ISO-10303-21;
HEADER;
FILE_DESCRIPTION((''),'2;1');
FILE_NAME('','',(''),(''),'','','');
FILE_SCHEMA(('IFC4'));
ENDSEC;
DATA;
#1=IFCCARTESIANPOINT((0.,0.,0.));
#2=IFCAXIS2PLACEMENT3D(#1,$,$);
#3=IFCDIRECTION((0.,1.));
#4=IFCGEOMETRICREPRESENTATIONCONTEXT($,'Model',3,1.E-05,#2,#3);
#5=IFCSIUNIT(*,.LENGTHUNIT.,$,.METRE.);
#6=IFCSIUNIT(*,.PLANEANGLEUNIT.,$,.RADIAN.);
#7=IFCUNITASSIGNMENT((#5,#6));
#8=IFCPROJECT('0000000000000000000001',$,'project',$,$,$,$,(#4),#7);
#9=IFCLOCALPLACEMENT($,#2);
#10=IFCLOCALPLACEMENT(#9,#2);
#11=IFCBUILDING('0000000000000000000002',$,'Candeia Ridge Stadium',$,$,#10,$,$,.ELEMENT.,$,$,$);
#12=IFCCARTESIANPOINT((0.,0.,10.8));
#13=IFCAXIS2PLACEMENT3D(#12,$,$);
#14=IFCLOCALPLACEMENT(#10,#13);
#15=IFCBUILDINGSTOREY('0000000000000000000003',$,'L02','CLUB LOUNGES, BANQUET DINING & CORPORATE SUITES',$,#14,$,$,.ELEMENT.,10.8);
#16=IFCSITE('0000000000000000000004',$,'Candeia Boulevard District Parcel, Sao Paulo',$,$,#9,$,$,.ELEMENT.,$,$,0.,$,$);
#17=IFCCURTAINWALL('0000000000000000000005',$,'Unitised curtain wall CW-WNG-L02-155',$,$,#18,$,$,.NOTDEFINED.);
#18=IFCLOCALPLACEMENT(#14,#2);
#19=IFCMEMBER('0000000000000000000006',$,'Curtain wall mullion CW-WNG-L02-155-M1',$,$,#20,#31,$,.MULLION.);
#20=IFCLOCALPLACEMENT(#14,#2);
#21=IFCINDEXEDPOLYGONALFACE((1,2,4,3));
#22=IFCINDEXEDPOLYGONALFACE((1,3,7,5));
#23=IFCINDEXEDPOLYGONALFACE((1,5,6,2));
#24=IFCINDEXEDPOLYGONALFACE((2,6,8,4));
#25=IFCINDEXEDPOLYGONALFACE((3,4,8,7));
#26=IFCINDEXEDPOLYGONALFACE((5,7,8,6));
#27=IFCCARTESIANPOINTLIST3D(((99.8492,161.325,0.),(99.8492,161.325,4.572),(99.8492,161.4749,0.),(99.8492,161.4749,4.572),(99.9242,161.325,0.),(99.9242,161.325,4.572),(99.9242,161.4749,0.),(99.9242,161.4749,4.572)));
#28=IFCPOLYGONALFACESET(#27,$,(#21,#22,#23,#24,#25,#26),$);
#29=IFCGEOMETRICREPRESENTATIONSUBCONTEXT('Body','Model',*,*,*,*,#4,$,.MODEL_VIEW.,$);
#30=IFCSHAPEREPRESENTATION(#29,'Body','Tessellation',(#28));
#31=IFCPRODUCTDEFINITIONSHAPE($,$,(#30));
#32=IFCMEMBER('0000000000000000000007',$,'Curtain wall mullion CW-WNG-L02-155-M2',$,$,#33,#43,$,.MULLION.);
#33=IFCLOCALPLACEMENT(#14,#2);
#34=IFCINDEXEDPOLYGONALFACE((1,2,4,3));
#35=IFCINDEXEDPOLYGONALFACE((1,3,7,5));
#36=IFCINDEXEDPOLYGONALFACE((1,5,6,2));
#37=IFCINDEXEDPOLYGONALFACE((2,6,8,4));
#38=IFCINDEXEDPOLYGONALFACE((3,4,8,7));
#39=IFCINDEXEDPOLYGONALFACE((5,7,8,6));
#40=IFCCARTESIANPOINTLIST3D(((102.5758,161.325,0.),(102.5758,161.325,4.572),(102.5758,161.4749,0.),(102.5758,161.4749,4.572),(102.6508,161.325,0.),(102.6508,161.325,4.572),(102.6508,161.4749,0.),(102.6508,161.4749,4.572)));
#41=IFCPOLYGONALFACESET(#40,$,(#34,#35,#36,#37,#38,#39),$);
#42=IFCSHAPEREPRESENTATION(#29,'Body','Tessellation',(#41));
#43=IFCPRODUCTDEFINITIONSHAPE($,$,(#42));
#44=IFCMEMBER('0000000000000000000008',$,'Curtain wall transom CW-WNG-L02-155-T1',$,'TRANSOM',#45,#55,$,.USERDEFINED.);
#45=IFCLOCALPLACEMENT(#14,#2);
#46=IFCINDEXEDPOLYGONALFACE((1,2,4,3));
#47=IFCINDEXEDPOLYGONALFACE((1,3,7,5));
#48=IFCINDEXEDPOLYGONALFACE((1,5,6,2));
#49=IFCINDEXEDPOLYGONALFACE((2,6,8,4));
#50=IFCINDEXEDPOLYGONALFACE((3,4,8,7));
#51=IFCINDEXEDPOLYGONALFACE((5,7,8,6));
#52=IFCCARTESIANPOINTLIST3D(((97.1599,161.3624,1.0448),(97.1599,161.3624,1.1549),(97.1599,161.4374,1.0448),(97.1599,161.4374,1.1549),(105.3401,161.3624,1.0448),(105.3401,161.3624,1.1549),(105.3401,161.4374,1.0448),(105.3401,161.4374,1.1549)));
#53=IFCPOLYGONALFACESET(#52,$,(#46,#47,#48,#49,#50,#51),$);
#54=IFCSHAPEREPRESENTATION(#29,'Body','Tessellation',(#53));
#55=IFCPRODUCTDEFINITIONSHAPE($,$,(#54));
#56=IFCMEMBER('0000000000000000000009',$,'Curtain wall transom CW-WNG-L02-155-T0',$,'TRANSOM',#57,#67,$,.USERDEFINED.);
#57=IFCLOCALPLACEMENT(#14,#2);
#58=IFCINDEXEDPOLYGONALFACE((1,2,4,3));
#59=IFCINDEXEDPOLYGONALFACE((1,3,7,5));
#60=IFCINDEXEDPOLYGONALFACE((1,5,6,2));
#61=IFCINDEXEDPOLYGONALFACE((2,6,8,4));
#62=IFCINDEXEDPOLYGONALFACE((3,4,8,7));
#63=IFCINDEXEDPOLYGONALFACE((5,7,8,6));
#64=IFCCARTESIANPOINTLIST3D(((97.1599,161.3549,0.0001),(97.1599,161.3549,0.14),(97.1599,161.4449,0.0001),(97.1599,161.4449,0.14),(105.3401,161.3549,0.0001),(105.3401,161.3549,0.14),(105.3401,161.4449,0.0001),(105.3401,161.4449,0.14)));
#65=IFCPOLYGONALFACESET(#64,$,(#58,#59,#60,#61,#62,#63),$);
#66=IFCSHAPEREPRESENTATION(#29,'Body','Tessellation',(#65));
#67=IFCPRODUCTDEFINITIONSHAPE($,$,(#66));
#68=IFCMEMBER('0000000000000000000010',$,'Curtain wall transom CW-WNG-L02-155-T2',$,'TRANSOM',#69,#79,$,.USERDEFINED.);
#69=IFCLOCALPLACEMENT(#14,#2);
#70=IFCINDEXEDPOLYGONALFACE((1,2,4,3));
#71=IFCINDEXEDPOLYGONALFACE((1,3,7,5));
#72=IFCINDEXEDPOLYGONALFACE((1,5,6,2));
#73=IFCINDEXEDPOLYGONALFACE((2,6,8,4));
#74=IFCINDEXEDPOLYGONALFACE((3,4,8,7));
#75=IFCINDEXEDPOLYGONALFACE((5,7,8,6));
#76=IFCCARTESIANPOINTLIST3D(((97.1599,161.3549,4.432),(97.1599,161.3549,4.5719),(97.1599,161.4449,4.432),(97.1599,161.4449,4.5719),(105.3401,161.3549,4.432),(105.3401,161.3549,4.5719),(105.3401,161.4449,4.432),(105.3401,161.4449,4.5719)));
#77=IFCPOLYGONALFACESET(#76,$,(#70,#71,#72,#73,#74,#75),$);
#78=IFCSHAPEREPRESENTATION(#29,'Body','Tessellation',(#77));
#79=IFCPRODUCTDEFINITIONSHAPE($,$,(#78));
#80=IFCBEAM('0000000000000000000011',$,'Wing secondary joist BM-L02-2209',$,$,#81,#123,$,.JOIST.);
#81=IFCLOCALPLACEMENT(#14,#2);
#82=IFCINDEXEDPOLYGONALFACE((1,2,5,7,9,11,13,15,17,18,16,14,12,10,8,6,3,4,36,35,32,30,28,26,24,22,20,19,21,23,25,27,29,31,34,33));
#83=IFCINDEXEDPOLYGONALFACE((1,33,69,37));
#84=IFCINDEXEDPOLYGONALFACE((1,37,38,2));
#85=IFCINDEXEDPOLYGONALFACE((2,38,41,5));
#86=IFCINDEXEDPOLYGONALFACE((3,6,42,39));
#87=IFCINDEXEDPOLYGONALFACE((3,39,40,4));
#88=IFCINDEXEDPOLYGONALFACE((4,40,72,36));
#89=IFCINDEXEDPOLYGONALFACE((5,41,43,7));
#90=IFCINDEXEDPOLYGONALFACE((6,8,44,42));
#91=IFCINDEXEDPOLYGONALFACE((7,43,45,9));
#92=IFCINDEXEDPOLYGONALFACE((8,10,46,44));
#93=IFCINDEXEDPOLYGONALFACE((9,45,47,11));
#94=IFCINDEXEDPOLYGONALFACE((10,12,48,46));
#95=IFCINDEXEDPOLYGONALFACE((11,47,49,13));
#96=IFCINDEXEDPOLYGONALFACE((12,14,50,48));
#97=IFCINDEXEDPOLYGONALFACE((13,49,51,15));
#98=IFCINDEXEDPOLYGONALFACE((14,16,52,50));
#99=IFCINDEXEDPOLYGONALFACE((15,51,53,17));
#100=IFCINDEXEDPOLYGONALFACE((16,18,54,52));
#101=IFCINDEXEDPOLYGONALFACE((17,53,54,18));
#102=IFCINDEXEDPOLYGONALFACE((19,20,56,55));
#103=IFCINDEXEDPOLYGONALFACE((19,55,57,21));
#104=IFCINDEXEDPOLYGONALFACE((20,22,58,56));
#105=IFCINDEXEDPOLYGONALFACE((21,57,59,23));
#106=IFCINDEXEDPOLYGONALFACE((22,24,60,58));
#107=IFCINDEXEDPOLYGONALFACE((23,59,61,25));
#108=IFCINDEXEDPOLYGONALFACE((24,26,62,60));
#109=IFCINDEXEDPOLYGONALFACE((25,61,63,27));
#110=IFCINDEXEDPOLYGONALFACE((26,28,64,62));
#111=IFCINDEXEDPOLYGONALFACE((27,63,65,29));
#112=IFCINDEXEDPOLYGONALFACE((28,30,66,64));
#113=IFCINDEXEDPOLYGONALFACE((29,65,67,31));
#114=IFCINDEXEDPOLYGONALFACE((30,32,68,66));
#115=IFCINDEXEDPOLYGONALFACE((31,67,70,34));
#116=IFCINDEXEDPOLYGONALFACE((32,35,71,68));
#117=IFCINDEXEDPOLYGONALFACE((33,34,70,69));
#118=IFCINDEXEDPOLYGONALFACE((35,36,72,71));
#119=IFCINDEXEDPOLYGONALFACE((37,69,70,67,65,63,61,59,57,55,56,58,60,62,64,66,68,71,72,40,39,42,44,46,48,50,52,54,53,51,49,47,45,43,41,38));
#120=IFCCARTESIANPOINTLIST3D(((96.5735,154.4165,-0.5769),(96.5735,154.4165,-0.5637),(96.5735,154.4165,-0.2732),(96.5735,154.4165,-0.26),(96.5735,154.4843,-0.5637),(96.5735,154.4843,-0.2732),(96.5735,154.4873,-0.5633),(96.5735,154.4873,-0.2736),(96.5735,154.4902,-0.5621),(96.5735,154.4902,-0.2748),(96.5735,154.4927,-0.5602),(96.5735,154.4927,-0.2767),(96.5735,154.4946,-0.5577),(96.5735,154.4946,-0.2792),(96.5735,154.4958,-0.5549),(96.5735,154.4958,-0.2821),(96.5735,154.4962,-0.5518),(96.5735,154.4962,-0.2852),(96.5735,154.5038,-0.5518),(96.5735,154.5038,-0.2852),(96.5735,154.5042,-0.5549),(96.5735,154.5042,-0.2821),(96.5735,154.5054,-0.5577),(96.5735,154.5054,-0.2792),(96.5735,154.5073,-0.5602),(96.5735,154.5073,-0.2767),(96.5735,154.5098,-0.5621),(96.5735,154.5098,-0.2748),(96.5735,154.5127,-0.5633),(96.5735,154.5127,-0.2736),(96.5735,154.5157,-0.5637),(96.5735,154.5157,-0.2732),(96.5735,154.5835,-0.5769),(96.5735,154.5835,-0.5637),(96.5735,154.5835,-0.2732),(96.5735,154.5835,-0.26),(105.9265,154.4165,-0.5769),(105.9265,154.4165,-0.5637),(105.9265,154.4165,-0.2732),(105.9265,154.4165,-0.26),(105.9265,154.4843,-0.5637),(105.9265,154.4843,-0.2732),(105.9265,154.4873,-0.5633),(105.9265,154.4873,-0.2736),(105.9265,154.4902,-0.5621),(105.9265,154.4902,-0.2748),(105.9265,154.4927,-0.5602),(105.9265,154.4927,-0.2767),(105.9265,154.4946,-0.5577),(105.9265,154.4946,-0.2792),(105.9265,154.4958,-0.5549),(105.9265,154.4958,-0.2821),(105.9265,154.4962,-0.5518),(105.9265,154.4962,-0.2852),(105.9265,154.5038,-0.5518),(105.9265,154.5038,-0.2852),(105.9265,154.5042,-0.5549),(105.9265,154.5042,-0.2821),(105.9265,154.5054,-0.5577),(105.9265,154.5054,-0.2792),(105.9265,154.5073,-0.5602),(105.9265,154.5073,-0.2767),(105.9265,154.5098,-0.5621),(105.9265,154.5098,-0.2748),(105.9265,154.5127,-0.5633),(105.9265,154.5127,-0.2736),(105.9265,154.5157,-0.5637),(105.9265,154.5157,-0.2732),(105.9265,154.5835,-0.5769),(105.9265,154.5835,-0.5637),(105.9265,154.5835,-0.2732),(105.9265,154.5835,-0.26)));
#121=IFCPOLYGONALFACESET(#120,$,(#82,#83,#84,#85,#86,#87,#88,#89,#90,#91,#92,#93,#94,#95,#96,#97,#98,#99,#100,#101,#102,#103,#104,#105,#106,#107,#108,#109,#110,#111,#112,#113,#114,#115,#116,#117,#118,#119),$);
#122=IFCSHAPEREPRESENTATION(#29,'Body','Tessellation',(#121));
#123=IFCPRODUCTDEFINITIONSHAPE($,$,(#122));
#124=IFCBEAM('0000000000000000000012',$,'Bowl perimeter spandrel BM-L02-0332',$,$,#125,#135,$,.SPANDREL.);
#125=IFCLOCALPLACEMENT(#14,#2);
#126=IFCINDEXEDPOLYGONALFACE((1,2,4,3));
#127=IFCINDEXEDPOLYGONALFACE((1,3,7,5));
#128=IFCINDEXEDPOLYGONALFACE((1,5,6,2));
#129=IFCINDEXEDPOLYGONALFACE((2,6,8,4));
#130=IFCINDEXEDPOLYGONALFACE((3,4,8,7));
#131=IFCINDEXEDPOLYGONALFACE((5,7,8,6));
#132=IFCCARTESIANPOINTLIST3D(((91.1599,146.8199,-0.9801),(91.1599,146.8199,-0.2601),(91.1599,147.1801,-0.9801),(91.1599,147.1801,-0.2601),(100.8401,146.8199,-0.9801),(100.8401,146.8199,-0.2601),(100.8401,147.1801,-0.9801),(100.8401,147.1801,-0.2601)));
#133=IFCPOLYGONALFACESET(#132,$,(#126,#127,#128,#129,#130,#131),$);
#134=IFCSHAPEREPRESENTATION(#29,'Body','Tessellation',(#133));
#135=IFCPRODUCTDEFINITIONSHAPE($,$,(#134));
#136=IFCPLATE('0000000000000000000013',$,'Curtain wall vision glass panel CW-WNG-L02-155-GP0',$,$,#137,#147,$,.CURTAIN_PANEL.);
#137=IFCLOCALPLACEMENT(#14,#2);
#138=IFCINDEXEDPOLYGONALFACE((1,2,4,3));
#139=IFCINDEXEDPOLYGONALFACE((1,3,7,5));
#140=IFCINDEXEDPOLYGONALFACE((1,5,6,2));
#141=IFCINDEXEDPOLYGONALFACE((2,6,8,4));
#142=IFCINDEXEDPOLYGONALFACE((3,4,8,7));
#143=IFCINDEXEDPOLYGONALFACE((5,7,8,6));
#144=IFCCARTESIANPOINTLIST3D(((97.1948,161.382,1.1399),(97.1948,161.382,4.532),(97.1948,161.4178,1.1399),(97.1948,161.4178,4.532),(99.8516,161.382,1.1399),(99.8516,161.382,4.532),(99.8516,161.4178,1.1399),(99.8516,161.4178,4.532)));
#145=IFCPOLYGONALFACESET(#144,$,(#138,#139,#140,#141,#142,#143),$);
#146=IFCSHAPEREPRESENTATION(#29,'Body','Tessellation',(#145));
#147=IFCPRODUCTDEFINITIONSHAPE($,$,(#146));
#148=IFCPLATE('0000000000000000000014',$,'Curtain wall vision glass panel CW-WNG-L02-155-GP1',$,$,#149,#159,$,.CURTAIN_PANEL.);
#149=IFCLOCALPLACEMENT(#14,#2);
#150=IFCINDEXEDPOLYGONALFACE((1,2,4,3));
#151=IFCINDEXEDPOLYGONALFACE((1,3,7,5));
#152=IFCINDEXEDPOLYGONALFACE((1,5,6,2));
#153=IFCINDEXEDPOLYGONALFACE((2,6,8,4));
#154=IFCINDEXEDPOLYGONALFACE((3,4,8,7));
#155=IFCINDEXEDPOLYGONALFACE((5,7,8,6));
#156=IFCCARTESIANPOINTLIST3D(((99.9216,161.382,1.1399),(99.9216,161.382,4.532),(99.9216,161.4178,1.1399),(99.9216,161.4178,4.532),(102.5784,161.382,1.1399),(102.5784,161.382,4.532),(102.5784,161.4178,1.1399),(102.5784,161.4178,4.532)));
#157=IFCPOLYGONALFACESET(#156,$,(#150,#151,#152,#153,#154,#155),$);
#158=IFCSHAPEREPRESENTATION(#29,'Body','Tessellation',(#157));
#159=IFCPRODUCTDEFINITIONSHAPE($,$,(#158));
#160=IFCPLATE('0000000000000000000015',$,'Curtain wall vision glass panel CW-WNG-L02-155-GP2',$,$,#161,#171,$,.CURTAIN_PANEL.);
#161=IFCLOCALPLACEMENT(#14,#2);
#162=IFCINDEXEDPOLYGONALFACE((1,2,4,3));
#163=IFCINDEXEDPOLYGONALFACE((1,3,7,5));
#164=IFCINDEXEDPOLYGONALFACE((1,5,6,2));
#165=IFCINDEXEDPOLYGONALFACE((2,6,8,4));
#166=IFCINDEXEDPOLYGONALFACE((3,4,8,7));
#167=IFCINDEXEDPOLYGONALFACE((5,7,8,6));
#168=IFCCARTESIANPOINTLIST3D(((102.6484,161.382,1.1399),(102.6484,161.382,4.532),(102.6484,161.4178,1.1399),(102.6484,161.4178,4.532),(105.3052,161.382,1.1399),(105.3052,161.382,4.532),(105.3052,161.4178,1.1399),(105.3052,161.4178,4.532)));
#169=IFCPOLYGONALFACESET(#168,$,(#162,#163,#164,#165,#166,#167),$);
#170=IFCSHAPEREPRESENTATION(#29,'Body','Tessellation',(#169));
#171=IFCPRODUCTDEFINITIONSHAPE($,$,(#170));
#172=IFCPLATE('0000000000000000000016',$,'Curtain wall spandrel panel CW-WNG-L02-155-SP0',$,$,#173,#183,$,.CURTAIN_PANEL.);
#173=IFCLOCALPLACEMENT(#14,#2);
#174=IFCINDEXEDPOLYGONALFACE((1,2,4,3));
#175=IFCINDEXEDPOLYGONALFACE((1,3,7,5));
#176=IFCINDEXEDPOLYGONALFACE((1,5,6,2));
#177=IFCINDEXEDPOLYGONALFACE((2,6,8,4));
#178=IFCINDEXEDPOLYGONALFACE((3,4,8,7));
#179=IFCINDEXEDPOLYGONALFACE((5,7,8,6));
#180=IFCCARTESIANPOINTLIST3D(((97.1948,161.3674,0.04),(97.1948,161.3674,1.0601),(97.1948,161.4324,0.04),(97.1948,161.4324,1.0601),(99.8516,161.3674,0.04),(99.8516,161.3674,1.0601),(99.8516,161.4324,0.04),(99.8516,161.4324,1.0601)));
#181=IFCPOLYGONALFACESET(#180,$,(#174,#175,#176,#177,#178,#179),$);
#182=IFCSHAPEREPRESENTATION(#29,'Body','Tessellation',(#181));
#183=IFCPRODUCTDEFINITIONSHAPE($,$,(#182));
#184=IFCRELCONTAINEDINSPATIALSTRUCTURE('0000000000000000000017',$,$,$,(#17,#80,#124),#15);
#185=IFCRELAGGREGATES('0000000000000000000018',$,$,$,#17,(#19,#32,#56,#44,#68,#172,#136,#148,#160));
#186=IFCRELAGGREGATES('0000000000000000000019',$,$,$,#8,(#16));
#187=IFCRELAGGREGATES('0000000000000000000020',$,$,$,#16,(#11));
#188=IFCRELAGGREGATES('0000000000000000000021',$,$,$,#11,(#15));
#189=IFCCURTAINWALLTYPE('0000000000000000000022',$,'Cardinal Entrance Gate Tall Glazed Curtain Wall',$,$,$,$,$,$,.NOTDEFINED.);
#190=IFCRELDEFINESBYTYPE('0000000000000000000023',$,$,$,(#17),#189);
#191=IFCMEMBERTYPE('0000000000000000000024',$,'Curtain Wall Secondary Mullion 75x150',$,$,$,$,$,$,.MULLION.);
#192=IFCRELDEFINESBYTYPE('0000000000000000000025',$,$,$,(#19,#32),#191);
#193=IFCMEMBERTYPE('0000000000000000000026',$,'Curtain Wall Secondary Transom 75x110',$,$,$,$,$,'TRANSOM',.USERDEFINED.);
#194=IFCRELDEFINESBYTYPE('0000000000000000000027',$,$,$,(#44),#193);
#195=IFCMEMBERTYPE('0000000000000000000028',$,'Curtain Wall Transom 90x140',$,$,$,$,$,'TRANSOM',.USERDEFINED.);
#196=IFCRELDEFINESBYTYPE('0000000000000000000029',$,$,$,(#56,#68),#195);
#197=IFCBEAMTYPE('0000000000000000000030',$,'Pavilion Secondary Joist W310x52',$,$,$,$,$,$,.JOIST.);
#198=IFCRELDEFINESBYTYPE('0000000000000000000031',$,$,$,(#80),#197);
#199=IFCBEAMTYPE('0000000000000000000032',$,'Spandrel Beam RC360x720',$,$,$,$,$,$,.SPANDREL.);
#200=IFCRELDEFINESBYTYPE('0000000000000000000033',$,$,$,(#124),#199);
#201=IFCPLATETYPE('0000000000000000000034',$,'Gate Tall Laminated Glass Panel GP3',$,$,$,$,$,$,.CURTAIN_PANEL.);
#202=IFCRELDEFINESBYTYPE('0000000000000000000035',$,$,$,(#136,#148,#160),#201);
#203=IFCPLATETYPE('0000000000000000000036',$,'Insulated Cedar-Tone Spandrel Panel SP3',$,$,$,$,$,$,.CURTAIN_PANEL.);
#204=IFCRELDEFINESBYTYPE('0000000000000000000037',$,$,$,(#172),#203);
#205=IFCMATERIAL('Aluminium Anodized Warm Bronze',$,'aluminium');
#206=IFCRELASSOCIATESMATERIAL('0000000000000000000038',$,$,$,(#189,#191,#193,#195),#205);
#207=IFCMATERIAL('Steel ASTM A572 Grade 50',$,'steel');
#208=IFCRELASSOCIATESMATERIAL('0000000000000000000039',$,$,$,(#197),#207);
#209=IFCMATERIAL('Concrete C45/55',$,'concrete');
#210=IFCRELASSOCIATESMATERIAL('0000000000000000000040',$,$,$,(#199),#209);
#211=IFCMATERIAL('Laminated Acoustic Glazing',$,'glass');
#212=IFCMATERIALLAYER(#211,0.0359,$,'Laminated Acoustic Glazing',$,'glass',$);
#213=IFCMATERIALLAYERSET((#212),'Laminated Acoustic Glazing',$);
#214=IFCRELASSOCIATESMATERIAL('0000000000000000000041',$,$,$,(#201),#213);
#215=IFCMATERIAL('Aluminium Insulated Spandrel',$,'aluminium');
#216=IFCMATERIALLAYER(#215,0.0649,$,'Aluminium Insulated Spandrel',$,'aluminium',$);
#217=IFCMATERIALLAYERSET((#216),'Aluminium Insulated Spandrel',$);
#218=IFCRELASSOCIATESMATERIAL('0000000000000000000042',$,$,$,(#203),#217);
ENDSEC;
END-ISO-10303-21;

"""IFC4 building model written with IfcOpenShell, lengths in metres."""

from ifc_helpers import new_model, si_unit, direction, frame, origin, origin_2d, place, context, subcontext, project, spatial, rectangle, i_section, extrude, material, layer, layer_set, material_profile, profile_set, type_object, element, aggregate, save


model = new_model("IFC4")

# Units and contexts
model_context = context("Model", 3, precision=1e-05, world=origin(), true_north=direction((0.0, 1.0)))
body_context = subcontext(model_context, "Body", "Model", "MODEL_VIEW")
ifc_project = project(units=[si_unit("LENGTHUNIT", "METRE"), si_unit("PLANEANGLEUNIT", "RADIAN")], contexts=[model_context])

# Site, building, storey
site_placement = place(None, origin())
site = spatial("IfcSite", under=ifc_project, at=site_placement, Name="Candeia Boulevard District Parcel, Sao Paulo", CompositionType="ELEMENT", RefElevation=0.0)
building_placement = place(site_placement, origin())
building = spatial("IfcBuilding", under=site, at=building_placement, Name="Candeia Ridge Stadium", CompositionType="ELEMENT")
storey_placement = place(building_placement, frame((0.0, 0.0, 10.8)))
storey = spatial("IfcBuildingStorey", under=building, at=storey_placement, Name="L02", Description="CLUB LOUNGES, BANQUET DINING & CORPORATE SUITES", CompositionType="ELEMENT", Elevation=10.8)

# Shared definitions
ifc_material_1 = material(Name="Concrete C45/55", Category="concrete")
ifc_material_2 = material(Name="Steel ASTM A572 Grade 50", Category="steel")

# Curtain wall, members
ifc_material_3 = material(Name="Aluminium Anodized Warm Bronze", Category="aluminium")
curtain_wall_type = type_object("IfcCurtainWallType", Name="Cardinal Entrance Gate Tall Glazed Curtain Wall", PredefinedType="NOTDEFINED", material=ifc_material_3)
curtain_wall_placement = place(storey_placement, origin())
curtain_wall = element("IfcCurtainWall", 1, at=curtain_wall_placement, inside=storey, type_object=curtain_wall_type, Name="Unitised curtain wall CW-WNG-L02-155", PredefinedType="NOTDEFINED")
ifc_material_profile_1 = material_profile(ifc_material_3, rectangle(XDim=0.075, YDim=0.1499, at=origin_2d()), Name="CWM-75x150", Category="aluminium")
ifc_profile_set_1 = profile_set([ifc_material_profile_1], Name="Aluminium Anodized Warm Bronze")
member_type_1 = type_object("IfcMemberType", Name="Curtain Wall Secondary Mullion 75x150", PredefinedType="MULLION", material=ifc_profile_set_1)
member_1_placement = place(storey_placement, frame((99.8867, 161.3999, 0.0), z_axis=(0.0, 0.0, 1.0), x_axis=(1.0, 0.0, 0.0)))
member_1 = element("IfcMember", 2, at=member_1_placement, type_object=member_type_1, Name="Curtain wall mullion CW-WNG-L02-155-M1", PredefinedType="MULLION", context=body_context, shape_type="SweptSolid", body=[
    extrude(rectangle(XDim=0.075, YDim=0.1499, at=origin_2d()), origin(), (0.0, 0.0, 1.0), 4.572),
])
member_2_placement = place(storey_placement, frame((102.6133, 161.3999, 0.0), z_axis=(0.0, 0.0, 1.0), x_axis=(1.0, 0.0, 0.0)))
member_2 = element("IfcMember", 3, at=member_2_placement, type_object=member_type_1, Name="Curtain wall mullion CW-WNG-L02-155-M2", PredefinedType="MULLION", context=body_context, shape_type="SweptSolid", body=[
    extrude(rectangle(XDim=0.075, YDim=0.1499, at=origin_2d()), origin(), (0.0, 0.0, 1.0), 4.572),
])
ifc_material_profile_2 = material_profile(ifc_material_3, rectangle(XDim=0.075, YDim=0.1101, at=origin_2d()), Name="CWT-75x110", Category="aluminium")
ifc_profile_set_2 = profile_set([ifc_material_profile_2], Name="Aluminium Anodized Warm Bronze")
member_type_2 = type_object("IfcMemberType", Name="Curtain Wall Secondary Transom 75x110", ElementType="TRANSOM", PredefinedType="USERDEFINED", material=ifc_profile_set_2)
member_3_placement = place(storey_placement, frame((97.1599, 161.3999, 1.0999), z_axis=(1.0, 0.0, 0.0), x_axis=(0.0, 1.0, 0.0)))
member_3 = element("IfcMember", 4, at=member_3_placement, type_object=member_type_2, Name="Curtain wall transom CW-WNG-L02-155-T1", ObjectType="TRANSOM", PredefinedType="USERDEFINED", context=body_context, shape_type="SweptSolid", body=[
    extrude(rectangle(XDim=0.075, YDim=0.1101, at=origin_2d()), origin(), (0.0, 0.0, 1.0), 8.1802),
])
ifc_material_profile_3 = material_profile(ifc_material_3, rectangle(XDim=0.0901, YDim=0.1399, at=origin_2d()), Name="CWT-90x140", Category="aluminium")
ifc_profile_set_3 = profile_set([ifc_material_profile_3], Name="Aluminium Anodized Warm Bronze")
member_type_3 = type_object("IfcMemberType", Name="Curtain Wall Transom 90x140", ElementType="TRANSOM", PredefinedType="USERDEFINED", material=ifc_profile_set_3)
member_4_placement = place(storey_placement, frame((97.1599, 161.3999, 0.0701), z_axis=(1.0, 0.0, 0.0), x_axis=(0.0, 1.0, 0.0)))
member_4 = element("IfcMember", 5, at=member_4_placement, type_object=member_type_3, Name="Curtain wall transom CW-WNG-L02-155-T0", ObjectType="TRANSOM", PredefinedType="USERDEFINED", context=body_context, shape_type="SweptSolid", body=[
    extrude(rectangle(XDim=0.0901, YDim=0.1399, at=origin_2d()), origin(), (0.0, 0.0, 1.0), 8.1802),
])
member_5_placement = place(storey_placement, frame((97.1599, 161.3999, 4.502), z_axis=(1.0, 0.0, 0.0), x_axis=(0.0, 1.0, 0.0)))
member_5 = element("IfcMember", 6, at=member_5_placement, type_object=member_type_3, Name="Curtain wall transom CW-WNG-L02-155-T2", ObjectType="TRANSOM", PredefinedType="USERDEFINED", context=body_context, shape_type="SweptSolid", body=[
    extrude(rectangle(XDim=0.0901, YDim=0.1399, at=origin_2d()), origin(), (0.0, 0.0, 1.0), 8.1802),
])

# Beams
ifc_material_profile_4 = material_profile(ifc_material_2, i_section(OverallWidth=0.167, OverallDepth=0.3169, WebThickness=0.0076, FlangeThickness=0.0132, FilletRadius=0.012, at=origin_2d()), Name="W310x52", Category="steel")
ifc_profile_set_4 = profile_set([ifc_material_profile_4], Name="Steel ASTM A572 Grade 50")
beam_type_1 = type_object("IfcBeamType", Name="Pavilion Secondary Joist W310x52", PredefinedType="JOIST", material=ifc_profile_set_4)
beam_1_placement = place(storey_placement, frame((96.5735, 154.5, -0.4185), z_axis=(1.0, 0.0, 0.0), x_axis=(0.0, 1.0, 0.0)))
element("IfcBeam", 7, at=beam_1_placement, inside=storey, type_object=beam_type_1, Name="Wing secondary joist BM-L02-2209", PredefinedType="JOIST", context=body_context, shape_type="SweptSolid", body=[
    extrude(i_section(OverallWidth=0.167, OverallDepth=0.3169, WebThickness=0.0076, FlangeThickness=0.0132, FilletRadius=0.012, at=origin_2d()), origin(), (0.0, 0.0, 1.0), 9.353),
])
ifc_material_profile_5 = material_profile(ifc_material_1, rectangle(XDim=0.3601, YDim=0.72, at=origin_2d()), Name="RC360x720", Category="concrete")
ifc_profile_set_5 = profile_set([ifc_material_profile_5], Name="Concrete C45/55")
beam_type_2 = type_object("IfcBeamType", Name="Spandrel Beam RC360x720", PredefinedType="SPANDREL", material=ifc_profile_set_5)
beam_2_placement = place(storey_placement, frame((100.8401, 147.0, -0.6201), z_axis=(-1.0, 0.0, 0.0), x_axis=(0.0, -1.0, 0.0)))
element("IfcBeam", 8, at=beam_2_placement, inside=storey, type_object=beam_type_2, Name="Bowl perimeter spandrel BM-L02-0332", PredefinedType="SPANDREL", context=body_context, shape_type="SweptSolid", body=[
    extrude(rectangle(XDim=0.3601, YDim=0.72, at=origin_2d()), origin(), (0.0, 0.0, 1.0), 9.6802),
])

# Plates
ifc_material_4 = material(Name="Laminated Acoustic Glazing", Category="glass")
ifc_layer_1 = layer(ifc_material_4, 0.0359, Name="Laminated Acoustic Glazing", Category="glass")
ifc_layer_set_1 = layer_set([ifc_layer_1], Name="Laminated Acoustic Glazing")
plate_type_1 = type_object("IfcPlateType", Name="Gate Tall Laminated Glass Panel GP3", PredefinedType="CURTAIN_PANEL", material=ifc_layer_set_1)
plate_1_placement = place(storey_placement, frame((98.5232, 161.3999, 1.1399), z_axis=(0.0, 0.0, 1.0), x_axis=(1.0, 0.0, 0.0)))
plate_1 = element("IfcPlate", 9, at=plate_1_placement, type_object=plate_type_1, Name="Curtain wall vision glass panel CW-WNG-L02-155-GP0", PredefinedType="CURTAIN_PANEL", context=body_context, shape_type="SweptSolid", body=[
    extrude(rectangle(XDim=2.6567, YDim=0.0359, at=origin_2d()), origin(), (0.0, 0.0, 1.0), 3.3921),
])
plate_2_placement = place(storey_placement, frame((101.25, 161.3999, 1.1399), z_axis=(0.0, 0.0, 1.0), x_axis=(1.0, 0.0, 0.0)))
plate_2 = element("IfcPlate", 10, at=plate_2_placement, type_object=plate_type_1, Name="Curtain wall vision glass panel CW-WNG-L02-155-GP1", PredefinedType="CURTAIN_PANEL", context=body_context, shape_type="SweptSolid", body=[
    extrude(rectangle(XDim=2.6567, YDim=0.0359, at=origin_2d()), origin(), (0.0, 0.0, 1.0), 3.3921),
])
plate_3_placement = place(storey_placement, frame((103.9768, 161.3999, 1.1399), z_axis=(0.0, 0.0, 1.0), x_axis=(1.0, 0.0, 0.0)))
plate_3 = element("IfcPlate", 11, at=plate_3_placement, type_object=plate_type_1, Name="Curtain wall vision glass panel CW-WNG-L02-155-GP2", PredefinedType="CURTAIN_PANEL", context=body_context, shape_type="SweptSolid", body=[
    extrude(rectangle(XDim=2.6567, YDim=0.0359, at=origin_2d()), origin(), (0.0, 0.0, 1.0), 3.3921),
])
ifc_material_5 = material(Name="Aluminium Insulated Spandrel", Category="aluminium")
ifc_layer_2 = layer(ifc_material_5, 0.0649, Name="Aluminium Insulated Spandrel", Category="aluminium")
ifc_layer_set_2 = layer_set([ifc_layer_2], Name="Aluminium Insulated Spandrel")
plate_type_2 = type_object("IfcPlateType", Name="Insulated Cedar-Tone Spandrel Panel SP3", PredefinedType="CURTAIN_PANEL", material=ifc_layer_set_2)
plate_4_placement = place(storey_placement, frame((98.5232, 161.3999, 0.04), z_axis=(0.0, 0.0, 1.0), x_axis=(1.0, 0.0, 0.0)))
plate_4 = element("IfcPlate", 12, at=plate_4_placement, type_object=plate_type_2, Name="Curtain wall spandrel panel CW-WNG-L02-155-SP0", PredefinedType="CURTAIN_PANEL", context=body_context, shape_type="SweptSolid", body=[
    extrude(rectangle(XDim=2.6567, YDim=0.0649, at=origin_2d()), origin(), (0.0, 0.0, 1.0), 1.02),
])
aggregate(curtain_wall, [member_1, member_2, member_4, member_3, member_5, plate_4, plate_1, plate_2, plate_3])

save(model, "model.ifc")
